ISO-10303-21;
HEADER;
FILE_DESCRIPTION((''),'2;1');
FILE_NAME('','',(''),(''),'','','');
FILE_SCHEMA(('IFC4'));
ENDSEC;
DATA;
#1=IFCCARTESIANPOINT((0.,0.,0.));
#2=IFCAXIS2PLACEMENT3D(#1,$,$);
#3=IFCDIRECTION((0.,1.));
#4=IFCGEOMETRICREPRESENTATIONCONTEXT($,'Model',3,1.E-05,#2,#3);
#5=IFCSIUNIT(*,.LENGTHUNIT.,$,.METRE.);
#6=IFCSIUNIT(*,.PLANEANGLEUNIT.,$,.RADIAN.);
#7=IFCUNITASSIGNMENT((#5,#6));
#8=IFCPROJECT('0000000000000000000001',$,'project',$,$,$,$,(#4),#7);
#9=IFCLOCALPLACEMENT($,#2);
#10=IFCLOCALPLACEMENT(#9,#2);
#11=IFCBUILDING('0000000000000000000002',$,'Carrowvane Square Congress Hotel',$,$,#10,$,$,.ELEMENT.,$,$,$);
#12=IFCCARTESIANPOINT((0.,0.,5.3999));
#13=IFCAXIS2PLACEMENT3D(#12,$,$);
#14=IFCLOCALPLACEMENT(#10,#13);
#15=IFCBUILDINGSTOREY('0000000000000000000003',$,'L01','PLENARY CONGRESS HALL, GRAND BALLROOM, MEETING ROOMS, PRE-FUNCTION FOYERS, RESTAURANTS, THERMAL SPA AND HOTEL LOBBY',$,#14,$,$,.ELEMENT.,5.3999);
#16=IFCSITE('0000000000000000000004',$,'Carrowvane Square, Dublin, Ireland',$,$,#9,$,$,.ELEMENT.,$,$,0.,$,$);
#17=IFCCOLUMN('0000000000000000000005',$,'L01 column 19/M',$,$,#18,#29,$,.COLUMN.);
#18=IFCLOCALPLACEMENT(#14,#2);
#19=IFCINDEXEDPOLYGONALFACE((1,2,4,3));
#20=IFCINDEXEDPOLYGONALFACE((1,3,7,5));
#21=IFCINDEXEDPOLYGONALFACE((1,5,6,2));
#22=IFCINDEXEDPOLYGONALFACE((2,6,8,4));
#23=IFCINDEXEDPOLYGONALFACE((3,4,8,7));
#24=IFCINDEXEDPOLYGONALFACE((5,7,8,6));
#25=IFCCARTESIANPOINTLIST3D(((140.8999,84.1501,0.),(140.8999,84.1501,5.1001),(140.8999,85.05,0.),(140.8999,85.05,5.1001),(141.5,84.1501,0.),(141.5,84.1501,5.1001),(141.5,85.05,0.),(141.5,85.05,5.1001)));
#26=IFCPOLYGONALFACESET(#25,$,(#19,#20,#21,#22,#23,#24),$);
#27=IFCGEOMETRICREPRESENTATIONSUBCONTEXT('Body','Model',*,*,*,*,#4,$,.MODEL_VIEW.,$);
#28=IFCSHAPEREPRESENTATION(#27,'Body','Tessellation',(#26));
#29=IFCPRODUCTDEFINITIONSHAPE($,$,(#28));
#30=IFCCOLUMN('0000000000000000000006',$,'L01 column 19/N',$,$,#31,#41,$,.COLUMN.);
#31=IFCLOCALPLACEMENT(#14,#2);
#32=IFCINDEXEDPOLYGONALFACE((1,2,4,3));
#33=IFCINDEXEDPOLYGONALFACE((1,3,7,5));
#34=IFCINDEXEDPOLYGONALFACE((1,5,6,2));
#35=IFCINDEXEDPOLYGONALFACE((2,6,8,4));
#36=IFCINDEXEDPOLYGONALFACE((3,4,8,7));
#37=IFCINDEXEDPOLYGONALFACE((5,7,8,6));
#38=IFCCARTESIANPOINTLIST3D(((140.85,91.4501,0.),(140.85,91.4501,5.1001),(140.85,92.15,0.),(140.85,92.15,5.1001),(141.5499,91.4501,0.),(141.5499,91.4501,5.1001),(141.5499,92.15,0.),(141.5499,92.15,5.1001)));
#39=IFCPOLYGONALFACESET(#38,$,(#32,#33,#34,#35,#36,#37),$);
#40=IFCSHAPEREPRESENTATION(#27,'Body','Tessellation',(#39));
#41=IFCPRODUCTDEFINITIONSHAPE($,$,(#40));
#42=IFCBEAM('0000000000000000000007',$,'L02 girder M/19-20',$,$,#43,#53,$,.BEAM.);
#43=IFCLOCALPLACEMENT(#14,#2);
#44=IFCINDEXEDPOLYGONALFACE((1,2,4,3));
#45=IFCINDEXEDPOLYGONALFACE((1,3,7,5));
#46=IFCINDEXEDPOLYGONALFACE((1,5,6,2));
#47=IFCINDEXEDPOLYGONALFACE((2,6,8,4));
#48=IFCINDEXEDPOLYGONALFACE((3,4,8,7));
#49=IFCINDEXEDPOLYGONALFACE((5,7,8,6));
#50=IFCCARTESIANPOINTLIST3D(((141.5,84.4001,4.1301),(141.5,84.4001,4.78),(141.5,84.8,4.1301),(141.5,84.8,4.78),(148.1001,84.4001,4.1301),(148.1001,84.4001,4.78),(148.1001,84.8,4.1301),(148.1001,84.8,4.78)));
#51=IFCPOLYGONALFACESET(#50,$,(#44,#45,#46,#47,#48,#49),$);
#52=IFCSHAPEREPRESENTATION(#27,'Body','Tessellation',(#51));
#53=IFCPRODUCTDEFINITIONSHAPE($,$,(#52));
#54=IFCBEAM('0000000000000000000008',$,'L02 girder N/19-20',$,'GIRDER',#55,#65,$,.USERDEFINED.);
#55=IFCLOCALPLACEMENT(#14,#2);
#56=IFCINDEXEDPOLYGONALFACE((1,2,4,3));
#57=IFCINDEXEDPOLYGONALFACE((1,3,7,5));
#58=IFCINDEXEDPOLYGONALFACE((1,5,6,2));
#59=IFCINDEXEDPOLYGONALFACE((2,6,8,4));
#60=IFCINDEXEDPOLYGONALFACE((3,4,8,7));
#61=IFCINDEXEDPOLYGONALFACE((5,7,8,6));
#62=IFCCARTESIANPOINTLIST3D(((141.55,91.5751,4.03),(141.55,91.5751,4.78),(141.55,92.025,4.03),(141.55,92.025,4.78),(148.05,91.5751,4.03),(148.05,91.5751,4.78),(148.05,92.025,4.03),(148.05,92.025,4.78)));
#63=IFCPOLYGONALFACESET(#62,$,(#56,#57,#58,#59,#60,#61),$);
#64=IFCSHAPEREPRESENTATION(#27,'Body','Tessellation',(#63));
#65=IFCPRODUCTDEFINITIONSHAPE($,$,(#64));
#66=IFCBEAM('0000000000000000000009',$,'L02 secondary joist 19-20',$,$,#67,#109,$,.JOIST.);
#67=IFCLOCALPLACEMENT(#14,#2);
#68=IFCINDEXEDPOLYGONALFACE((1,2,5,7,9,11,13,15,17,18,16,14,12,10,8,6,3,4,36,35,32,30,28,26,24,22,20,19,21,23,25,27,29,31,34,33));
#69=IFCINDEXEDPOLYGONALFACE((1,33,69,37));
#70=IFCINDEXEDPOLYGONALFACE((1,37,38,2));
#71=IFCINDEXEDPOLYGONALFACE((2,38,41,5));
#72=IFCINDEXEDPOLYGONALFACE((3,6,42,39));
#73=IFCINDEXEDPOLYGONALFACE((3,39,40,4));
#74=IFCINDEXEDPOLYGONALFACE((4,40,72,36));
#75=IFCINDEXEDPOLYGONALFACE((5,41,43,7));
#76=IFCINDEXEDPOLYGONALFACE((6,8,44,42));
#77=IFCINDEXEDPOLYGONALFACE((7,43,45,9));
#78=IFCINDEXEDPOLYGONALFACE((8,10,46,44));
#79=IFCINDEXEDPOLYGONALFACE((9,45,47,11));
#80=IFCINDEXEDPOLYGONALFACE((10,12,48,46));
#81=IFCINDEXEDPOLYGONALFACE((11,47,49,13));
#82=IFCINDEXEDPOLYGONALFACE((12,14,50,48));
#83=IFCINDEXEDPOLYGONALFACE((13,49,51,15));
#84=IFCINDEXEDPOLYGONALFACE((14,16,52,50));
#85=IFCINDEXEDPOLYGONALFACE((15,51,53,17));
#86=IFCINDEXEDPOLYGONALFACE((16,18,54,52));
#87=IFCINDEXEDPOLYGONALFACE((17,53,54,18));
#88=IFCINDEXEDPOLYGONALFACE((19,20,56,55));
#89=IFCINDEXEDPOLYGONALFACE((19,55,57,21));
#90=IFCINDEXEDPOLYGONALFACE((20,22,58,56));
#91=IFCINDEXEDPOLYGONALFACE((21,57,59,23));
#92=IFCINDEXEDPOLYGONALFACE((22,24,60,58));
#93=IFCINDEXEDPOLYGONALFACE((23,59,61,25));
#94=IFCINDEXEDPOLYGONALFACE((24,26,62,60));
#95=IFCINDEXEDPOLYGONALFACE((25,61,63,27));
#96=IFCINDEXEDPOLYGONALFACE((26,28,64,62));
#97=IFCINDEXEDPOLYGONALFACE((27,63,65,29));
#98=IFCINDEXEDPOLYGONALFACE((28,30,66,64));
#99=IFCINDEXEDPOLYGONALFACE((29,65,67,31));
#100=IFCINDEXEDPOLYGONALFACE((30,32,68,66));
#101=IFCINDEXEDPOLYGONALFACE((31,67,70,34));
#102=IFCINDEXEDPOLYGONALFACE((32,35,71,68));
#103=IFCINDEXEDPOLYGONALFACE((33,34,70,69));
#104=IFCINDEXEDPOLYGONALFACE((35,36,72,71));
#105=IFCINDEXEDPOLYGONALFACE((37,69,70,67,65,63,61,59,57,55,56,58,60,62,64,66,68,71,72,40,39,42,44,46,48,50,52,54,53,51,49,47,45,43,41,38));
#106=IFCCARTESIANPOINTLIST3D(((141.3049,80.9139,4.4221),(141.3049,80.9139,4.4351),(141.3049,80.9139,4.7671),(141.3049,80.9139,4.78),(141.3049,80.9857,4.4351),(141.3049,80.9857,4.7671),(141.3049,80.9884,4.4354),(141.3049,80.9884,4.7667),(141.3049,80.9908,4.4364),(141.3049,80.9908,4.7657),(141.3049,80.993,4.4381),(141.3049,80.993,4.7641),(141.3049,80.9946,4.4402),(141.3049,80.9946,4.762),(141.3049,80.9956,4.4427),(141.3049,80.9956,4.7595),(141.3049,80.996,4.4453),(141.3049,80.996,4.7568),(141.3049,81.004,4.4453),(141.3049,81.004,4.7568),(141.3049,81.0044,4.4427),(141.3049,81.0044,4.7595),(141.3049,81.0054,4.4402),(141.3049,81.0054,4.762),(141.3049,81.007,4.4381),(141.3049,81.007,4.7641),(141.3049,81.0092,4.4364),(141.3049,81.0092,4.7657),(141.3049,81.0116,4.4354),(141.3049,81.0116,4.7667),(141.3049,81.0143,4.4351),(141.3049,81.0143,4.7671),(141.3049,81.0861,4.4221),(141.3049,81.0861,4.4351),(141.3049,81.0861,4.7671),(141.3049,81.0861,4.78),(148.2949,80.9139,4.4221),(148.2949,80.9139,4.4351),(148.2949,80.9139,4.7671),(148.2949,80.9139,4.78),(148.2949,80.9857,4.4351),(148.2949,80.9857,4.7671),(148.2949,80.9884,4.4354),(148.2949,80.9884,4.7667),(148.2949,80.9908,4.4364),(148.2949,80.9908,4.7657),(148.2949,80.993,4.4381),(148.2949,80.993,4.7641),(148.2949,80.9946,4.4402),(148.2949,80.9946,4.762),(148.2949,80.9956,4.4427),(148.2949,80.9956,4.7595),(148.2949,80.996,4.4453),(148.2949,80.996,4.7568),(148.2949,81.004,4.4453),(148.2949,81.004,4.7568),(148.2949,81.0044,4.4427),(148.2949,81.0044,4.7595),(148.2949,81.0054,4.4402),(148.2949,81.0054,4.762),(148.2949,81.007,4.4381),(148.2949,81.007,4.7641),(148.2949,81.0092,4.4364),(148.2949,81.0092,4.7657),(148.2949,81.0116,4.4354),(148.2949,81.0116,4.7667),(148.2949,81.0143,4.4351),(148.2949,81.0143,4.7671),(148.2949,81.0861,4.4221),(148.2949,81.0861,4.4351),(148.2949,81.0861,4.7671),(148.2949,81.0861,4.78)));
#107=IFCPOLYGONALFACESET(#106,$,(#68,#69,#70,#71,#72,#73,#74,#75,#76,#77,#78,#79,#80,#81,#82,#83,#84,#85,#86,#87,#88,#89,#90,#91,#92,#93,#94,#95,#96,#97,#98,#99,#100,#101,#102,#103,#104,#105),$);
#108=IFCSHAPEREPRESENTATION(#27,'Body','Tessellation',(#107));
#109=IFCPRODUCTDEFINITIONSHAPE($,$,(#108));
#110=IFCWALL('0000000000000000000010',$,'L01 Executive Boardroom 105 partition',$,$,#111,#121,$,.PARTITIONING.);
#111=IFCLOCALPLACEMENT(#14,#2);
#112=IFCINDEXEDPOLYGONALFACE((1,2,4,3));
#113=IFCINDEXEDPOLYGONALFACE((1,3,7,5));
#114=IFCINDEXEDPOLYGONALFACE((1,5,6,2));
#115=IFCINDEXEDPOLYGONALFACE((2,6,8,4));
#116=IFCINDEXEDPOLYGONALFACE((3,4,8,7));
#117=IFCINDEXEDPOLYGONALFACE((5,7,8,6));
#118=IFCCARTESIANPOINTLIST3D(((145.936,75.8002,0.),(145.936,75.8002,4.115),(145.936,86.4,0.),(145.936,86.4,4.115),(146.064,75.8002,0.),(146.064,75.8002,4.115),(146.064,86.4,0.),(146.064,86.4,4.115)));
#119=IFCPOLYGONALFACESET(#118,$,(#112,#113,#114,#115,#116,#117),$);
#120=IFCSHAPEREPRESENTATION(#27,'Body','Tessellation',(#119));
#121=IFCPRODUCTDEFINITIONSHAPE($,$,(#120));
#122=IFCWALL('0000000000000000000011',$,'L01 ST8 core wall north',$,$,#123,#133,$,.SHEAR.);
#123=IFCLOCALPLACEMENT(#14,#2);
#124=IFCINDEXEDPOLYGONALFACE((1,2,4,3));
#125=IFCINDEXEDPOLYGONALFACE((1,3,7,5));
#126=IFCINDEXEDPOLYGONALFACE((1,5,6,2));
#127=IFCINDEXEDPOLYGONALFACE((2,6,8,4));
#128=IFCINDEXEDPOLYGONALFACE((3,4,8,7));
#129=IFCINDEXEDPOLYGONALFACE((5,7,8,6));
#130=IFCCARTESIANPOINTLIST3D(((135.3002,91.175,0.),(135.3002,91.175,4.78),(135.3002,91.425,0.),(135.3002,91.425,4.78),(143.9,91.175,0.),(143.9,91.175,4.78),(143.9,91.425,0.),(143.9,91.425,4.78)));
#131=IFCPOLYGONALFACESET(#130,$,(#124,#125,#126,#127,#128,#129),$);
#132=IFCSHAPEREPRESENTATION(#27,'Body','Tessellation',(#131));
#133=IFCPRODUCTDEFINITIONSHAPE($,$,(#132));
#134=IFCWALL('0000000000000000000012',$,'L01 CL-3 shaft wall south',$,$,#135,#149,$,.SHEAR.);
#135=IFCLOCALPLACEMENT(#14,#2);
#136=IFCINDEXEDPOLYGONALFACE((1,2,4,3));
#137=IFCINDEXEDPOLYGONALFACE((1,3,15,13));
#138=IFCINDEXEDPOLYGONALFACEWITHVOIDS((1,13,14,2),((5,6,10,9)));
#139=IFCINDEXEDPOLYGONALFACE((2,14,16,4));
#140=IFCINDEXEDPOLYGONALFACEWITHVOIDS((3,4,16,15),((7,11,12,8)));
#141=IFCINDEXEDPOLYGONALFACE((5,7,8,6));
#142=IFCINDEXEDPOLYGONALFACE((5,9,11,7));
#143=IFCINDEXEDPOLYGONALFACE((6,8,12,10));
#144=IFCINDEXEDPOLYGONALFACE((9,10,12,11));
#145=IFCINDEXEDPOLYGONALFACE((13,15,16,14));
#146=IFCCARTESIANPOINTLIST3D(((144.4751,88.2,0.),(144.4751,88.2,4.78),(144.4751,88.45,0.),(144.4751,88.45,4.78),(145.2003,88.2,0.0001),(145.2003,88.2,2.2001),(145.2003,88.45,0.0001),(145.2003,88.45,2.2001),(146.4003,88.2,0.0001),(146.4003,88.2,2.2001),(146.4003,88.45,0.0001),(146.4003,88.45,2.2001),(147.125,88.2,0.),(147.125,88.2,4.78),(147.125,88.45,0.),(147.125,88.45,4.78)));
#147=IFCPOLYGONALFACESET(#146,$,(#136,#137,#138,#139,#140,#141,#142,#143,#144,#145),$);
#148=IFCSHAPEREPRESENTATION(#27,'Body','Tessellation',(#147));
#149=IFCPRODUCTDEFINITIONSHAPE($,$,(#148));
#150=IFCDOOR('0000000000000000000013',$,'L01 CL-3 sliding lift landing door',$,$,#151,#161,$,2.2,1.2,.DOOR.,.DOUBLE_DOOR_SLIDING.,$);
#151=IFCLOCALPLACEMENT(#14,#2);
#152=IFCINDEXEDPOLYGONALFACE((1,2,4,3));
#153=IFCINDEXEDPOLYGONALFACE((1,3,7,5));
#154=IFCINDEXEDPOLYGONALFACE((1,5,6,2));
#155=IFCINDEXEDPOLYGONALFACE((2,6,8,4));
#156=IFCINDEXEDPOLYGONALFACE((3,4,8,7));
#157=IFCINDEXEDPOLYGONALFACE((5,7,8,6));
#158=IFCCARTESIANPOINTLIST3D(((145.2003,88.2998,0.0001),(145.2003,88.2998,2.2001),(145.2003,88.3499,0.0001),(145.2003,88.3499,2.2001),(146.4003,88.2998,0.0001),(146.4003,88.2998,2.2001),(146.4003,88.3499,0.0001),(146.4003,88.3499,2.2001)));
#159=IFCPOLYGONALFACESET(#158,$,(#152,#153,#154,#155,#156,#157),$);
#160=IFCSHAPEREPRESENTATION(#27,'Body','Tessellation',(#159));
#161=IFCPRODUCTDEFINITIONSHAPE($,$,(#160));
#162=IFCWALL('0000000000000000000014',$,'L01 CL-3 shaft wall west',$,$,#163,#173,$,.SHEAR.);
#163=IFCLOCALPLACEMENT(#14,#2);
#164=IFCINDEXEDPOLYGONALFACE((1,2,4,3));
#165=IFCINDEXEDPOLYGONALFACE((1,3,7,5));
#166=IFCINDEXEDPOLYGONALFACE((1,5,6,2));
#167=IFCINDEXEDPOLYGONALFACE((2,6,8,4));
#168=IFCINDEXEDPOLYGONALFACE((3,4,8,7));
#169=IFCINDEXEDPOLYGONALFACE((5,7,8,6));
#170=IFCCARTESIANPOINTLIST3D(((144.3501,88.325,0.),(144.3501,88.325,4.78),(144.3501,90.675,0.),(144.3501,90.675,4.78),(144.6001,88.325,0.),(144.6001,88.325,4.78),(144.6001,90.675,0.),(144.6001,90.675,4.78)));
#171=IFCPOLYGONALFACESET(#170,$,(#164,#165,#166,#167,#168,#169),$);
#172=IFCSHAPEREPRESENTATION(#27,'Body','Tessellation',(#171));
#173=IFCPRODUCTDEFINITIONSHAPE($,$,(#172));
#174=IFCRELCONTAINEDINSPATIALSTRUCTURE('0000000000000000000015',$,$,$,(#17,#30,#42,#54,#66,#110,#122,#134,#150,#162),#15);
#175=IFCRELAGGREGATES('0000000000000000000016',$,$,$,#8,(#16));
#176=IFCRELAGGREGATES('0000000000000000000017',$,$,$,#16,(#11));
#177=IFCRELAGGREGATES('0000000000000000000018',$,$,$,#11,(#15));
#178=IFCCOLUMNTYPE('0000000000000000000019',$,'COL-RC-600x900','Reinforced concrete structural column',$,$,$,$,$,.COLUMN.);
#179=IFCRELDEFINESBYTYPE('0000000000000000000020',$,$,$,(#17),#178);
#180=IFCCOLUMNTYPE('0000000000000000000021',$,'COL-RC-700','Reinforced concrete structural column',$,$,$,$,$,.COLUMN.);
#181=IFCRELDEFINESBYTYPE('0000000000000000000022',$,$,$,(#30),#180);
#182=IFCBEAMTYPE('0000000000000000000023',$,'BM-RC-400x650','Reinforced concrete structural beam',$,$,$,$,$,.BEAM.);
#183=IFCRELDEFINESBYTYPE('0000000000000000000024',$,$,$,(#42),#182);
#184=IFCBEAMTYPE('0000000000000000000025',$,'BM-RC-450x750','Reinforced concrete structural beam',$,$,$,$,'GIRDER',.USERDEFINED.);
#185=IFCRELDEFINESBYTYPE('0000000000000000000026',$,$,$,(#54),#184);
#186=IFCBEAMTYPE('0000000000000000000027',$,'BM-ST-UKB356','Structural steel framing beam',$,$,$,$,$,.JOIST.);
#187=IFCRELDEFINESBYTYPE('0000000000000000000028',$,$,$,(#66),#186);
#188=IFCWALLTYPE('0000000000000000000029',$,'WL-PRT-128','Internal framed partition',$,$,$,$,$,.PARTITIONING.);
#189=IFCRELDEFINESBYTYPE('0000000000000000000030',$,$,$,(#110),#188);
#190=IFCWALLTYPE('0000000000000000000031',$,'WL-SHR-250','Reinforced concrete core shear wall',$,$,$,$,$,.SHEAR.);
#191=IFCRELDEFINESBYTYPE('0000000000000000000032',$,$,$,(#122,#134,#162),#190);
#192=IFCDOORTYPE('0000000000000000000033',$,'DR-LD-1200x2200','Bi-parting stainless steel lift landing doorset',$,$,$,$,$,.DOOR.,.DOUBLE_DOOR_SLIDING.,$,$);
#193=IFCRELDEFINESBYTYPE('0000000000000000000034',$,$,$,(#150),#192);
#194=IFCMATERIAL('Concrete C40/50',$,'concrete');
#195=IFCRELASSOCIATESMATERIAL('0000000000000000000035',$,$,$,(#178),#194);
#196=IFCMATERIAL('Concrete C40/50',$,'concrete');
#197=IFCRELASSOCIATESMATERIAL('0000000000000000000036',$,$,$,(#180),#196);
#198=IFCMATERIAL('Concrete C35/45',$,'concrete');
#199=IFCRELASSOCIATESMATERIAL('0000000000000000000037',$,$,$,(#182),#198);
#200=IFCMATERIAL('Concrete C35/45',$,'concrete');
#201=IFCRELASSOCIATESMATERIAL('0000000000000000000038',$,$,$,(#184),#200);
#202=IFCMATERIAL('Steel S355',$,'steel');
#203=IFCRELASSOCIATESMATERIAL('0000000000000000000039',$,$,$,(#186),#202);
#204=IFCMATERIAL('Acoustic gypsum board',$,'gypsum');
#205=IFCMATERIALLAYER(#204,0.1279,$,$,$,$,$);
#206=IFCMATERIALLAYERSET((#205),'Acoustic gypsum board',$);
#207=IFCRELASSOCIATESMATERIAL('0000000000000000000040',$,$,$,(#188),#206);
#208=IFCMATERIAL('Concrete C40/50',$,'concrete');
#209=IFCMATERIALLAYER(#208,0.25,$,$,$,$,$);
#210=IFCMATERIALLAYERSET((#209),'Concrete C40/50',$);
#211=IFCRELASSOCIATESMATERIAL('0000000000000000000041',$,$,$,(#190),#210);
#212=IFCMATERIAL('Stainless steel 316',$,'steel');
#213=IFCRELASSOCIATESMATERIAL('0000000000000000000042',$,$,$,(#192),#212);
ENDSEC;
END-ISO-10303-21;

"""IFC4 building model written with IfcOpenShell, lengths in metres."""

from ifc_helpers import new_model, si_unit, direction, frame, frame_2d, origin, origin_2d, place, context, subcontext, project, spatial, rectangle, i_section, extrude, material, layer, layer_set, material_profile, profile_set, type_object, element, fill, save


model = new_model("IFC4")

# Units and contexts
model_context = context("Model", 3, precision=1e-05, world=origin(), true_north=direction((0.0, 1.0)))
body_context = subcontext(model_context, "Body", "Model", "MODEL_VIEW")
ifc_project = project(units=[si_unit("LENGTHUNIT", "METRE"), si_unit("PLANEANGLEUNIT", "RADIAN")], contexts=[model_context])

# Site, building, storey
site_placement = place(None, origin())
site = spatial("IfcSite", under=ifc_project, at=site_placement, Name="Carrowvane Square, Dublin, Ireland", CompositionType="ELEMENT", RefElevation=0.0)
building_placement = place(site_placement, origin())
building = spatial("IfcBuilding", under=site, at=building_placement, Name="Carrowvane Square Congress Hotel", CompositionType="ELEMENT")
storey_placement = place(building_placement, frame((0.0, 0.0, 5.3999)))
storey = spatial("IfcBuildingStorey", under=building, at=storey_placement, Name="L01", Description="PLENARY CONGRESS HALL, GRAND BALLROOM, MEETING ROOMS, PRE-FUNCTION FOYERS, RESTAURANTS, THERMAL SPA AND HOTEL LOBBY", CompositionType="ELEMENT", Elevation=5.3999)

# Columns
ifc_material_1 = material(Name="Concrete C40/50", Category="concrete")
ifc_material_profile_1 = material_profile(ifc_material_1, rectangle(XDim=0.6001, YDim=0.8999, at=origin_2d()), Name="RC 600x900")
ifc_profile_set_1 = profile_set([ifc_material_profile_1], Name="Concrete C40/50")
column_type_1 = type_object("IfcColumnType", Name="COL-RC-600x900", Description="Reinforced concrete structural column", PredefinedType="COLUMN", material=ifc_profile_set_1)
column_1_placement = place(storey_placement, frame((141.2, 84.6001, 0.0), z_axis=(0.0, 0.0, 1.0), x_axis=(1.0, 0.0, 0.0)))
element("IfcColumn", 1, at=column_1_placement, inside=storey, type_object=column_type_1, Name="L01 column 19/M", PredefinedType="COLUMN", context=body_context, shape_type="SweptSolid", body=[
    extrude(rectangle(XDim=0.6001, YDim=0.8999, at=origin_2d()), origin(), (0.0, 0.0, 1.0), 5.1001),
])
ifc_material_2 = material(Name="Concrete C40/50", Category="concrete")
ifc_material_profile_2 = material_profile(ifc_material_2, rectangle(XDim=0.7, YDim=0.7, at=origin_2d()), Name="RC 700x700")
ifc_profile_set_2 = profile_set([ifc_material_profile_2], Name="Concrete C40/50")
column_type_2 = type_object("IfcColumnType", Name="COL-RC-700", Description="Reinforced concrete structural column", PredefinedType="COLUMN", material=ifc_profile_set_2)
column_2_placement = place(storey_placement, frame((141.2, 91.8, 0.0), z_axis=(0.0, 0.0, 1.0), x_axis=(1.0, 0.0, 0.0)))
element("IfcColumn", 2, at=column_2_placement, inside=storey, type_object=column_type_2, Name="L01 column 19/N", PredefinedType="COLUMN", context=body_context, shape_type="SweptSolid", body=[
    extrude(rectangle(XDim=0.7, YDim=0.7, at=origin_2d()), origin(), (0.0, 0.0, 1.0), 5.1001),
])

# Beams
ifc_material_3 = material(Name="Concrete C35/45", Category="concrete")
ifc_material_profile_3 = material_profile(ifc_material_3, rectangle(XDim=0.3999, YDim=0.6499, at=origin_2d()), Name="RC 400x650")
ifc_profile_set_3 = profile_set([ifc_material_profile_3], Name="Concrete C35/45")
beam_type_1 = type_object("IfcBeamType", Name="BM-RC-400x650", Description="Reinforced concrete structural beam", PredefinedType="BEAM", material=ifc_profile_set_3)
beam_1_placement = place(storey_placement, frame((141.5, 84.6001, 4.4551), z_axis=(1.0, 0.0, 0.0), x_axis=(0.0, 1.0, 0.0)))
element("IfcBeam", 3, at=beam_1_placement, inside=storey, type_object=beam_type_1, Name="L02 girder M/19-20", PredefinedType="BEAM", context=body_context, shape_type="SweptSolid", body=[
    extrude(rectangle(XDim=0.3999, YDim=0.6499, at=origin_2d()), origin(), (0.0, 0.0, 1.0), 6.6001),
])
ifc_material_4 = material(Name="Concrete C35/45", Category="concrete")
ifc_material_profile_4 = material_profile(ifc_material_4, rectangle(XDim=0.45, YDim=0.75, at=origin_2d()), Name="RC 450x750")
ifc_profile_set_4 = profile_set([ifc_material_profile_4], Name="Concrete C35/45")
beam_type_2 = type_object("IfcBeamType", Name="BM-RC-450x750", Description="Reinforced concrete structural beam", ElementType="GIRDER", PredefinedType="USERDEFINED", material=ifc_profile_set_4)
beam_2_placement = place(storey_placement, frame((141.55, 91.8, 4.405), z_axis=(1.0, 0.0, 0.0), x_axis=(0.0, 1.0, 0.0)))
element("IfcBeam", 4, at=beam_2_placement, inside=storey, type_object=beam_type_2, Name="L02 girder N/19-20", ObjectType="GIRDER", PredefinedType="USERDEFINED", context=body_context, shape_type="SweptSolid", body=[
    extrude(rectangle(XDim=0.45, YDim=0.75, at=origin_2d()), origin(), (0.0, 0.0, 1.0), 6.5),
])
ifc_material_5 = material(Name="Steel S355", Category="steel")
ifc_material_profile_5 = material_profile(ifc_material_5, i_section(OverallWidth=0.1721, OverallDepth=0.3579, WebThickness=0.0081, FlangeThickness=0.0129, FilletRadius=0.0103, at=origin_2d()), Name="UKB 356x171x57")
ifc_profile_set_5 = profile_set([ifc_material_profile_5], Name="Steel S355")
beam_type_3 = type_object("IfcBeamType", Name="BM-ST-UKB356", Description="Structural steel framing beam", PredefinedType="JOIST", material=ifc_profile_set_5)
beam_3_placement = place(storey_placement, frame((141.3049, 81.0, 4.6011), z_axis=(1.0, 0.0, 0.0), x_axis=(0.0, 1.0, 0.0)))
element("IfcBeam", 5, at=beam_3_placement, inside=storey, type_object=beam_type_3, Name="L02 secondary joist 19-20", PredefinedType="JOIST", context=body_context, shape_type="SweptSolid", body=[
    extrude(i_section(OverallWidth=0.1721, OverallDepth=0.3579, WebThickness=0.0081, FlangeThickness=0.0129, FilletRadius=0.0103, at=origin_2d()), origin(), (0.0, 0.0, 1.0), 6.99),
])

# Walls
ifc_material_6 = material(Name="Acoustic gypsum board", Category="gypsum")
ifc_layer_1 = layer(ifc_material_6, 0.1279)
ifc_layer_set_1 = layer_set([ifc_layer_1], Name="Acoustic gypsum board")
wall_type_1 = type_object("IfcWallType", Name="WL-PRT-128", Description="Internal framed partition", PredefinedType="PARTITIONING", material=ifc_layer_set_1)
wall_1_placement = place(storey_placement, frame((146.0, 86.3999, 0.0), z_axis=(0.0, 0.0, 1.0), x_axis=(0.0, -1.0, 0.0)))
element("IfcWall", 6, at=wall_1_placement, inside=storey, type_object=wall_type_1, Name="L01 Executive Boardroom 105 partition", PredefinedType="PARTITIONING", context=body_context, shape_type="SweptSolid", body=[
    extrude(rectangle(XDim=10.5999, YDim=0.1279, at=frame_2d((5.2998, 0.0))), origin(), (0.0, 0.0, 1.0), 4.115),
])
ifc_material_7 = material(Name="Concrete C40/50", Category="concrete")
ifc_layer_2 = layer(ifc_material_7, 0.25)
ifc_layer_set_2 = layer_set([ifc_layer_2], Name="Concrete C40/50")
wall_type_2 = type_object("IfcWallType", Name="WL-SHR-250", Description="Reinforced concrete core shear wall", PredefinedType="SHEAR", material=ifc_layer_set_2)
wall_2_placement = place(storey_placement, frame((143.8999, 91.3, 0.0), z_axis=(0.0, 0.0, 1.0), x_axis=(-1.0, 0.0, 0.0)))
element("IfcWall", 7, at=wall_2_placement, inside=storey, type_object=wall_type_2, Name="L01 ST8 core wall north", PredefinedType="SHEAR", context=body_context, shape_type="SweptSolid", body=[
    extrude(rectangle(XDim=8.5999, YDim=0.25, at=frame_2d((4.2998, 0.0))), origin(), (0.0, 0.0, 1.0), 4.78),
])

# Wall, opening, door
wall_3_placement = place(storey_placement, frame((144.4751, 88.325, 0.0), z_axis=(0.0, 0.0, 1.0), x_axis=(1.0, 0.0, 0.0)))
wall_3 = element("IfcWall", 8, at=wall_3_placement, inside=storey, type_object=wall_type_2, Name="L01 CL-3 shaft wall south", PredefinedType="SHEAR", context=body_context, shape_type="SweptSolid", body=[
    extrude(rectangle(XDim=2.6499, YDim=0.25, at=frame_2d((1.325, 0.0))), origin(), (0.0, 0.0, 1.0), 4.78),
])
opening_placement = place(wall_3_placement, frame((0.7251, 0.0, 0.0)))
opening = element("IfcOpeningElement", 9, at=opening_placement, cuts=wall_3, PredefinedType="OPENING", context=body_context, shape_type="SweptSolid", body=[
    extrude(rectangle(XDim=1.2, YDim=2.2, at=frame_2d((0.6001, 1.1001))), frame((0.0, 0.135, 0.0), z_axis=(0.0, -1.0, 0.0), x_axis=(1.0, 0.0, 0.0)), (0.0, 0.0, 1.0), 0.27),
])
ifc_material_8 = material(Name="Stainless steel 316", Category="steel")
door_type = type_object("IfcDoorType", Name="DR-LD-1200x2200", Description="Bi-parting stainless steel lift landing doorset", OperationType="DOUBLE_DOOR_SLIDING", PredefinedType="DOOR", material=ifc_material_8)
door_placement = place(opening_placement, origin())
door = element("IfcDoor", 10, at=door_placement, inside=storey, type_object=door_type, Name="L01 CL-3 sliding lift landing door", OperationType="DOUBLE_DOOR_SLIDING", OverallHeight=2.2, OverallWidth=1.2, PredefinedType="DOOR", context=body_context, shape_type="SweptSolid", body=[
    extrude(rectangle(XDim=1.2, YDim=2.2, at=frame_2d((0.6001, 1.1001))), frame((0.0, 0.0249, 0.0), z_axis=(0.0, -1.0, 0.0), x_axis=(1.0, 0.0, 0.0)), (0.0, 0.0, 1.0), 0.05),
])
fill(opening, door)

# Wall
wall_4_placement = place(storey_placement, frame((144.4751, 90.675, 0.0), z_axis=(0.0, 0.0, 1.0), x_axis=(0.0, -1.0, 0.0)))
element("IfcWall", 11, at=wall_4_placement, inside=storey, type_object=wall_type_2, Name="L01 CL-3 shaft wall west", PredefinedType="SHEAR", context=body_context, shape_type="SweptSolid", body=[
    extrude(rectangle(XDim=2.3501, YDim=0.25, at=frame_2d((1.175, 0.0))), origin(), (0.0, 0.0, 1.0), 4.78),
])

save(model, "model.ifc")
